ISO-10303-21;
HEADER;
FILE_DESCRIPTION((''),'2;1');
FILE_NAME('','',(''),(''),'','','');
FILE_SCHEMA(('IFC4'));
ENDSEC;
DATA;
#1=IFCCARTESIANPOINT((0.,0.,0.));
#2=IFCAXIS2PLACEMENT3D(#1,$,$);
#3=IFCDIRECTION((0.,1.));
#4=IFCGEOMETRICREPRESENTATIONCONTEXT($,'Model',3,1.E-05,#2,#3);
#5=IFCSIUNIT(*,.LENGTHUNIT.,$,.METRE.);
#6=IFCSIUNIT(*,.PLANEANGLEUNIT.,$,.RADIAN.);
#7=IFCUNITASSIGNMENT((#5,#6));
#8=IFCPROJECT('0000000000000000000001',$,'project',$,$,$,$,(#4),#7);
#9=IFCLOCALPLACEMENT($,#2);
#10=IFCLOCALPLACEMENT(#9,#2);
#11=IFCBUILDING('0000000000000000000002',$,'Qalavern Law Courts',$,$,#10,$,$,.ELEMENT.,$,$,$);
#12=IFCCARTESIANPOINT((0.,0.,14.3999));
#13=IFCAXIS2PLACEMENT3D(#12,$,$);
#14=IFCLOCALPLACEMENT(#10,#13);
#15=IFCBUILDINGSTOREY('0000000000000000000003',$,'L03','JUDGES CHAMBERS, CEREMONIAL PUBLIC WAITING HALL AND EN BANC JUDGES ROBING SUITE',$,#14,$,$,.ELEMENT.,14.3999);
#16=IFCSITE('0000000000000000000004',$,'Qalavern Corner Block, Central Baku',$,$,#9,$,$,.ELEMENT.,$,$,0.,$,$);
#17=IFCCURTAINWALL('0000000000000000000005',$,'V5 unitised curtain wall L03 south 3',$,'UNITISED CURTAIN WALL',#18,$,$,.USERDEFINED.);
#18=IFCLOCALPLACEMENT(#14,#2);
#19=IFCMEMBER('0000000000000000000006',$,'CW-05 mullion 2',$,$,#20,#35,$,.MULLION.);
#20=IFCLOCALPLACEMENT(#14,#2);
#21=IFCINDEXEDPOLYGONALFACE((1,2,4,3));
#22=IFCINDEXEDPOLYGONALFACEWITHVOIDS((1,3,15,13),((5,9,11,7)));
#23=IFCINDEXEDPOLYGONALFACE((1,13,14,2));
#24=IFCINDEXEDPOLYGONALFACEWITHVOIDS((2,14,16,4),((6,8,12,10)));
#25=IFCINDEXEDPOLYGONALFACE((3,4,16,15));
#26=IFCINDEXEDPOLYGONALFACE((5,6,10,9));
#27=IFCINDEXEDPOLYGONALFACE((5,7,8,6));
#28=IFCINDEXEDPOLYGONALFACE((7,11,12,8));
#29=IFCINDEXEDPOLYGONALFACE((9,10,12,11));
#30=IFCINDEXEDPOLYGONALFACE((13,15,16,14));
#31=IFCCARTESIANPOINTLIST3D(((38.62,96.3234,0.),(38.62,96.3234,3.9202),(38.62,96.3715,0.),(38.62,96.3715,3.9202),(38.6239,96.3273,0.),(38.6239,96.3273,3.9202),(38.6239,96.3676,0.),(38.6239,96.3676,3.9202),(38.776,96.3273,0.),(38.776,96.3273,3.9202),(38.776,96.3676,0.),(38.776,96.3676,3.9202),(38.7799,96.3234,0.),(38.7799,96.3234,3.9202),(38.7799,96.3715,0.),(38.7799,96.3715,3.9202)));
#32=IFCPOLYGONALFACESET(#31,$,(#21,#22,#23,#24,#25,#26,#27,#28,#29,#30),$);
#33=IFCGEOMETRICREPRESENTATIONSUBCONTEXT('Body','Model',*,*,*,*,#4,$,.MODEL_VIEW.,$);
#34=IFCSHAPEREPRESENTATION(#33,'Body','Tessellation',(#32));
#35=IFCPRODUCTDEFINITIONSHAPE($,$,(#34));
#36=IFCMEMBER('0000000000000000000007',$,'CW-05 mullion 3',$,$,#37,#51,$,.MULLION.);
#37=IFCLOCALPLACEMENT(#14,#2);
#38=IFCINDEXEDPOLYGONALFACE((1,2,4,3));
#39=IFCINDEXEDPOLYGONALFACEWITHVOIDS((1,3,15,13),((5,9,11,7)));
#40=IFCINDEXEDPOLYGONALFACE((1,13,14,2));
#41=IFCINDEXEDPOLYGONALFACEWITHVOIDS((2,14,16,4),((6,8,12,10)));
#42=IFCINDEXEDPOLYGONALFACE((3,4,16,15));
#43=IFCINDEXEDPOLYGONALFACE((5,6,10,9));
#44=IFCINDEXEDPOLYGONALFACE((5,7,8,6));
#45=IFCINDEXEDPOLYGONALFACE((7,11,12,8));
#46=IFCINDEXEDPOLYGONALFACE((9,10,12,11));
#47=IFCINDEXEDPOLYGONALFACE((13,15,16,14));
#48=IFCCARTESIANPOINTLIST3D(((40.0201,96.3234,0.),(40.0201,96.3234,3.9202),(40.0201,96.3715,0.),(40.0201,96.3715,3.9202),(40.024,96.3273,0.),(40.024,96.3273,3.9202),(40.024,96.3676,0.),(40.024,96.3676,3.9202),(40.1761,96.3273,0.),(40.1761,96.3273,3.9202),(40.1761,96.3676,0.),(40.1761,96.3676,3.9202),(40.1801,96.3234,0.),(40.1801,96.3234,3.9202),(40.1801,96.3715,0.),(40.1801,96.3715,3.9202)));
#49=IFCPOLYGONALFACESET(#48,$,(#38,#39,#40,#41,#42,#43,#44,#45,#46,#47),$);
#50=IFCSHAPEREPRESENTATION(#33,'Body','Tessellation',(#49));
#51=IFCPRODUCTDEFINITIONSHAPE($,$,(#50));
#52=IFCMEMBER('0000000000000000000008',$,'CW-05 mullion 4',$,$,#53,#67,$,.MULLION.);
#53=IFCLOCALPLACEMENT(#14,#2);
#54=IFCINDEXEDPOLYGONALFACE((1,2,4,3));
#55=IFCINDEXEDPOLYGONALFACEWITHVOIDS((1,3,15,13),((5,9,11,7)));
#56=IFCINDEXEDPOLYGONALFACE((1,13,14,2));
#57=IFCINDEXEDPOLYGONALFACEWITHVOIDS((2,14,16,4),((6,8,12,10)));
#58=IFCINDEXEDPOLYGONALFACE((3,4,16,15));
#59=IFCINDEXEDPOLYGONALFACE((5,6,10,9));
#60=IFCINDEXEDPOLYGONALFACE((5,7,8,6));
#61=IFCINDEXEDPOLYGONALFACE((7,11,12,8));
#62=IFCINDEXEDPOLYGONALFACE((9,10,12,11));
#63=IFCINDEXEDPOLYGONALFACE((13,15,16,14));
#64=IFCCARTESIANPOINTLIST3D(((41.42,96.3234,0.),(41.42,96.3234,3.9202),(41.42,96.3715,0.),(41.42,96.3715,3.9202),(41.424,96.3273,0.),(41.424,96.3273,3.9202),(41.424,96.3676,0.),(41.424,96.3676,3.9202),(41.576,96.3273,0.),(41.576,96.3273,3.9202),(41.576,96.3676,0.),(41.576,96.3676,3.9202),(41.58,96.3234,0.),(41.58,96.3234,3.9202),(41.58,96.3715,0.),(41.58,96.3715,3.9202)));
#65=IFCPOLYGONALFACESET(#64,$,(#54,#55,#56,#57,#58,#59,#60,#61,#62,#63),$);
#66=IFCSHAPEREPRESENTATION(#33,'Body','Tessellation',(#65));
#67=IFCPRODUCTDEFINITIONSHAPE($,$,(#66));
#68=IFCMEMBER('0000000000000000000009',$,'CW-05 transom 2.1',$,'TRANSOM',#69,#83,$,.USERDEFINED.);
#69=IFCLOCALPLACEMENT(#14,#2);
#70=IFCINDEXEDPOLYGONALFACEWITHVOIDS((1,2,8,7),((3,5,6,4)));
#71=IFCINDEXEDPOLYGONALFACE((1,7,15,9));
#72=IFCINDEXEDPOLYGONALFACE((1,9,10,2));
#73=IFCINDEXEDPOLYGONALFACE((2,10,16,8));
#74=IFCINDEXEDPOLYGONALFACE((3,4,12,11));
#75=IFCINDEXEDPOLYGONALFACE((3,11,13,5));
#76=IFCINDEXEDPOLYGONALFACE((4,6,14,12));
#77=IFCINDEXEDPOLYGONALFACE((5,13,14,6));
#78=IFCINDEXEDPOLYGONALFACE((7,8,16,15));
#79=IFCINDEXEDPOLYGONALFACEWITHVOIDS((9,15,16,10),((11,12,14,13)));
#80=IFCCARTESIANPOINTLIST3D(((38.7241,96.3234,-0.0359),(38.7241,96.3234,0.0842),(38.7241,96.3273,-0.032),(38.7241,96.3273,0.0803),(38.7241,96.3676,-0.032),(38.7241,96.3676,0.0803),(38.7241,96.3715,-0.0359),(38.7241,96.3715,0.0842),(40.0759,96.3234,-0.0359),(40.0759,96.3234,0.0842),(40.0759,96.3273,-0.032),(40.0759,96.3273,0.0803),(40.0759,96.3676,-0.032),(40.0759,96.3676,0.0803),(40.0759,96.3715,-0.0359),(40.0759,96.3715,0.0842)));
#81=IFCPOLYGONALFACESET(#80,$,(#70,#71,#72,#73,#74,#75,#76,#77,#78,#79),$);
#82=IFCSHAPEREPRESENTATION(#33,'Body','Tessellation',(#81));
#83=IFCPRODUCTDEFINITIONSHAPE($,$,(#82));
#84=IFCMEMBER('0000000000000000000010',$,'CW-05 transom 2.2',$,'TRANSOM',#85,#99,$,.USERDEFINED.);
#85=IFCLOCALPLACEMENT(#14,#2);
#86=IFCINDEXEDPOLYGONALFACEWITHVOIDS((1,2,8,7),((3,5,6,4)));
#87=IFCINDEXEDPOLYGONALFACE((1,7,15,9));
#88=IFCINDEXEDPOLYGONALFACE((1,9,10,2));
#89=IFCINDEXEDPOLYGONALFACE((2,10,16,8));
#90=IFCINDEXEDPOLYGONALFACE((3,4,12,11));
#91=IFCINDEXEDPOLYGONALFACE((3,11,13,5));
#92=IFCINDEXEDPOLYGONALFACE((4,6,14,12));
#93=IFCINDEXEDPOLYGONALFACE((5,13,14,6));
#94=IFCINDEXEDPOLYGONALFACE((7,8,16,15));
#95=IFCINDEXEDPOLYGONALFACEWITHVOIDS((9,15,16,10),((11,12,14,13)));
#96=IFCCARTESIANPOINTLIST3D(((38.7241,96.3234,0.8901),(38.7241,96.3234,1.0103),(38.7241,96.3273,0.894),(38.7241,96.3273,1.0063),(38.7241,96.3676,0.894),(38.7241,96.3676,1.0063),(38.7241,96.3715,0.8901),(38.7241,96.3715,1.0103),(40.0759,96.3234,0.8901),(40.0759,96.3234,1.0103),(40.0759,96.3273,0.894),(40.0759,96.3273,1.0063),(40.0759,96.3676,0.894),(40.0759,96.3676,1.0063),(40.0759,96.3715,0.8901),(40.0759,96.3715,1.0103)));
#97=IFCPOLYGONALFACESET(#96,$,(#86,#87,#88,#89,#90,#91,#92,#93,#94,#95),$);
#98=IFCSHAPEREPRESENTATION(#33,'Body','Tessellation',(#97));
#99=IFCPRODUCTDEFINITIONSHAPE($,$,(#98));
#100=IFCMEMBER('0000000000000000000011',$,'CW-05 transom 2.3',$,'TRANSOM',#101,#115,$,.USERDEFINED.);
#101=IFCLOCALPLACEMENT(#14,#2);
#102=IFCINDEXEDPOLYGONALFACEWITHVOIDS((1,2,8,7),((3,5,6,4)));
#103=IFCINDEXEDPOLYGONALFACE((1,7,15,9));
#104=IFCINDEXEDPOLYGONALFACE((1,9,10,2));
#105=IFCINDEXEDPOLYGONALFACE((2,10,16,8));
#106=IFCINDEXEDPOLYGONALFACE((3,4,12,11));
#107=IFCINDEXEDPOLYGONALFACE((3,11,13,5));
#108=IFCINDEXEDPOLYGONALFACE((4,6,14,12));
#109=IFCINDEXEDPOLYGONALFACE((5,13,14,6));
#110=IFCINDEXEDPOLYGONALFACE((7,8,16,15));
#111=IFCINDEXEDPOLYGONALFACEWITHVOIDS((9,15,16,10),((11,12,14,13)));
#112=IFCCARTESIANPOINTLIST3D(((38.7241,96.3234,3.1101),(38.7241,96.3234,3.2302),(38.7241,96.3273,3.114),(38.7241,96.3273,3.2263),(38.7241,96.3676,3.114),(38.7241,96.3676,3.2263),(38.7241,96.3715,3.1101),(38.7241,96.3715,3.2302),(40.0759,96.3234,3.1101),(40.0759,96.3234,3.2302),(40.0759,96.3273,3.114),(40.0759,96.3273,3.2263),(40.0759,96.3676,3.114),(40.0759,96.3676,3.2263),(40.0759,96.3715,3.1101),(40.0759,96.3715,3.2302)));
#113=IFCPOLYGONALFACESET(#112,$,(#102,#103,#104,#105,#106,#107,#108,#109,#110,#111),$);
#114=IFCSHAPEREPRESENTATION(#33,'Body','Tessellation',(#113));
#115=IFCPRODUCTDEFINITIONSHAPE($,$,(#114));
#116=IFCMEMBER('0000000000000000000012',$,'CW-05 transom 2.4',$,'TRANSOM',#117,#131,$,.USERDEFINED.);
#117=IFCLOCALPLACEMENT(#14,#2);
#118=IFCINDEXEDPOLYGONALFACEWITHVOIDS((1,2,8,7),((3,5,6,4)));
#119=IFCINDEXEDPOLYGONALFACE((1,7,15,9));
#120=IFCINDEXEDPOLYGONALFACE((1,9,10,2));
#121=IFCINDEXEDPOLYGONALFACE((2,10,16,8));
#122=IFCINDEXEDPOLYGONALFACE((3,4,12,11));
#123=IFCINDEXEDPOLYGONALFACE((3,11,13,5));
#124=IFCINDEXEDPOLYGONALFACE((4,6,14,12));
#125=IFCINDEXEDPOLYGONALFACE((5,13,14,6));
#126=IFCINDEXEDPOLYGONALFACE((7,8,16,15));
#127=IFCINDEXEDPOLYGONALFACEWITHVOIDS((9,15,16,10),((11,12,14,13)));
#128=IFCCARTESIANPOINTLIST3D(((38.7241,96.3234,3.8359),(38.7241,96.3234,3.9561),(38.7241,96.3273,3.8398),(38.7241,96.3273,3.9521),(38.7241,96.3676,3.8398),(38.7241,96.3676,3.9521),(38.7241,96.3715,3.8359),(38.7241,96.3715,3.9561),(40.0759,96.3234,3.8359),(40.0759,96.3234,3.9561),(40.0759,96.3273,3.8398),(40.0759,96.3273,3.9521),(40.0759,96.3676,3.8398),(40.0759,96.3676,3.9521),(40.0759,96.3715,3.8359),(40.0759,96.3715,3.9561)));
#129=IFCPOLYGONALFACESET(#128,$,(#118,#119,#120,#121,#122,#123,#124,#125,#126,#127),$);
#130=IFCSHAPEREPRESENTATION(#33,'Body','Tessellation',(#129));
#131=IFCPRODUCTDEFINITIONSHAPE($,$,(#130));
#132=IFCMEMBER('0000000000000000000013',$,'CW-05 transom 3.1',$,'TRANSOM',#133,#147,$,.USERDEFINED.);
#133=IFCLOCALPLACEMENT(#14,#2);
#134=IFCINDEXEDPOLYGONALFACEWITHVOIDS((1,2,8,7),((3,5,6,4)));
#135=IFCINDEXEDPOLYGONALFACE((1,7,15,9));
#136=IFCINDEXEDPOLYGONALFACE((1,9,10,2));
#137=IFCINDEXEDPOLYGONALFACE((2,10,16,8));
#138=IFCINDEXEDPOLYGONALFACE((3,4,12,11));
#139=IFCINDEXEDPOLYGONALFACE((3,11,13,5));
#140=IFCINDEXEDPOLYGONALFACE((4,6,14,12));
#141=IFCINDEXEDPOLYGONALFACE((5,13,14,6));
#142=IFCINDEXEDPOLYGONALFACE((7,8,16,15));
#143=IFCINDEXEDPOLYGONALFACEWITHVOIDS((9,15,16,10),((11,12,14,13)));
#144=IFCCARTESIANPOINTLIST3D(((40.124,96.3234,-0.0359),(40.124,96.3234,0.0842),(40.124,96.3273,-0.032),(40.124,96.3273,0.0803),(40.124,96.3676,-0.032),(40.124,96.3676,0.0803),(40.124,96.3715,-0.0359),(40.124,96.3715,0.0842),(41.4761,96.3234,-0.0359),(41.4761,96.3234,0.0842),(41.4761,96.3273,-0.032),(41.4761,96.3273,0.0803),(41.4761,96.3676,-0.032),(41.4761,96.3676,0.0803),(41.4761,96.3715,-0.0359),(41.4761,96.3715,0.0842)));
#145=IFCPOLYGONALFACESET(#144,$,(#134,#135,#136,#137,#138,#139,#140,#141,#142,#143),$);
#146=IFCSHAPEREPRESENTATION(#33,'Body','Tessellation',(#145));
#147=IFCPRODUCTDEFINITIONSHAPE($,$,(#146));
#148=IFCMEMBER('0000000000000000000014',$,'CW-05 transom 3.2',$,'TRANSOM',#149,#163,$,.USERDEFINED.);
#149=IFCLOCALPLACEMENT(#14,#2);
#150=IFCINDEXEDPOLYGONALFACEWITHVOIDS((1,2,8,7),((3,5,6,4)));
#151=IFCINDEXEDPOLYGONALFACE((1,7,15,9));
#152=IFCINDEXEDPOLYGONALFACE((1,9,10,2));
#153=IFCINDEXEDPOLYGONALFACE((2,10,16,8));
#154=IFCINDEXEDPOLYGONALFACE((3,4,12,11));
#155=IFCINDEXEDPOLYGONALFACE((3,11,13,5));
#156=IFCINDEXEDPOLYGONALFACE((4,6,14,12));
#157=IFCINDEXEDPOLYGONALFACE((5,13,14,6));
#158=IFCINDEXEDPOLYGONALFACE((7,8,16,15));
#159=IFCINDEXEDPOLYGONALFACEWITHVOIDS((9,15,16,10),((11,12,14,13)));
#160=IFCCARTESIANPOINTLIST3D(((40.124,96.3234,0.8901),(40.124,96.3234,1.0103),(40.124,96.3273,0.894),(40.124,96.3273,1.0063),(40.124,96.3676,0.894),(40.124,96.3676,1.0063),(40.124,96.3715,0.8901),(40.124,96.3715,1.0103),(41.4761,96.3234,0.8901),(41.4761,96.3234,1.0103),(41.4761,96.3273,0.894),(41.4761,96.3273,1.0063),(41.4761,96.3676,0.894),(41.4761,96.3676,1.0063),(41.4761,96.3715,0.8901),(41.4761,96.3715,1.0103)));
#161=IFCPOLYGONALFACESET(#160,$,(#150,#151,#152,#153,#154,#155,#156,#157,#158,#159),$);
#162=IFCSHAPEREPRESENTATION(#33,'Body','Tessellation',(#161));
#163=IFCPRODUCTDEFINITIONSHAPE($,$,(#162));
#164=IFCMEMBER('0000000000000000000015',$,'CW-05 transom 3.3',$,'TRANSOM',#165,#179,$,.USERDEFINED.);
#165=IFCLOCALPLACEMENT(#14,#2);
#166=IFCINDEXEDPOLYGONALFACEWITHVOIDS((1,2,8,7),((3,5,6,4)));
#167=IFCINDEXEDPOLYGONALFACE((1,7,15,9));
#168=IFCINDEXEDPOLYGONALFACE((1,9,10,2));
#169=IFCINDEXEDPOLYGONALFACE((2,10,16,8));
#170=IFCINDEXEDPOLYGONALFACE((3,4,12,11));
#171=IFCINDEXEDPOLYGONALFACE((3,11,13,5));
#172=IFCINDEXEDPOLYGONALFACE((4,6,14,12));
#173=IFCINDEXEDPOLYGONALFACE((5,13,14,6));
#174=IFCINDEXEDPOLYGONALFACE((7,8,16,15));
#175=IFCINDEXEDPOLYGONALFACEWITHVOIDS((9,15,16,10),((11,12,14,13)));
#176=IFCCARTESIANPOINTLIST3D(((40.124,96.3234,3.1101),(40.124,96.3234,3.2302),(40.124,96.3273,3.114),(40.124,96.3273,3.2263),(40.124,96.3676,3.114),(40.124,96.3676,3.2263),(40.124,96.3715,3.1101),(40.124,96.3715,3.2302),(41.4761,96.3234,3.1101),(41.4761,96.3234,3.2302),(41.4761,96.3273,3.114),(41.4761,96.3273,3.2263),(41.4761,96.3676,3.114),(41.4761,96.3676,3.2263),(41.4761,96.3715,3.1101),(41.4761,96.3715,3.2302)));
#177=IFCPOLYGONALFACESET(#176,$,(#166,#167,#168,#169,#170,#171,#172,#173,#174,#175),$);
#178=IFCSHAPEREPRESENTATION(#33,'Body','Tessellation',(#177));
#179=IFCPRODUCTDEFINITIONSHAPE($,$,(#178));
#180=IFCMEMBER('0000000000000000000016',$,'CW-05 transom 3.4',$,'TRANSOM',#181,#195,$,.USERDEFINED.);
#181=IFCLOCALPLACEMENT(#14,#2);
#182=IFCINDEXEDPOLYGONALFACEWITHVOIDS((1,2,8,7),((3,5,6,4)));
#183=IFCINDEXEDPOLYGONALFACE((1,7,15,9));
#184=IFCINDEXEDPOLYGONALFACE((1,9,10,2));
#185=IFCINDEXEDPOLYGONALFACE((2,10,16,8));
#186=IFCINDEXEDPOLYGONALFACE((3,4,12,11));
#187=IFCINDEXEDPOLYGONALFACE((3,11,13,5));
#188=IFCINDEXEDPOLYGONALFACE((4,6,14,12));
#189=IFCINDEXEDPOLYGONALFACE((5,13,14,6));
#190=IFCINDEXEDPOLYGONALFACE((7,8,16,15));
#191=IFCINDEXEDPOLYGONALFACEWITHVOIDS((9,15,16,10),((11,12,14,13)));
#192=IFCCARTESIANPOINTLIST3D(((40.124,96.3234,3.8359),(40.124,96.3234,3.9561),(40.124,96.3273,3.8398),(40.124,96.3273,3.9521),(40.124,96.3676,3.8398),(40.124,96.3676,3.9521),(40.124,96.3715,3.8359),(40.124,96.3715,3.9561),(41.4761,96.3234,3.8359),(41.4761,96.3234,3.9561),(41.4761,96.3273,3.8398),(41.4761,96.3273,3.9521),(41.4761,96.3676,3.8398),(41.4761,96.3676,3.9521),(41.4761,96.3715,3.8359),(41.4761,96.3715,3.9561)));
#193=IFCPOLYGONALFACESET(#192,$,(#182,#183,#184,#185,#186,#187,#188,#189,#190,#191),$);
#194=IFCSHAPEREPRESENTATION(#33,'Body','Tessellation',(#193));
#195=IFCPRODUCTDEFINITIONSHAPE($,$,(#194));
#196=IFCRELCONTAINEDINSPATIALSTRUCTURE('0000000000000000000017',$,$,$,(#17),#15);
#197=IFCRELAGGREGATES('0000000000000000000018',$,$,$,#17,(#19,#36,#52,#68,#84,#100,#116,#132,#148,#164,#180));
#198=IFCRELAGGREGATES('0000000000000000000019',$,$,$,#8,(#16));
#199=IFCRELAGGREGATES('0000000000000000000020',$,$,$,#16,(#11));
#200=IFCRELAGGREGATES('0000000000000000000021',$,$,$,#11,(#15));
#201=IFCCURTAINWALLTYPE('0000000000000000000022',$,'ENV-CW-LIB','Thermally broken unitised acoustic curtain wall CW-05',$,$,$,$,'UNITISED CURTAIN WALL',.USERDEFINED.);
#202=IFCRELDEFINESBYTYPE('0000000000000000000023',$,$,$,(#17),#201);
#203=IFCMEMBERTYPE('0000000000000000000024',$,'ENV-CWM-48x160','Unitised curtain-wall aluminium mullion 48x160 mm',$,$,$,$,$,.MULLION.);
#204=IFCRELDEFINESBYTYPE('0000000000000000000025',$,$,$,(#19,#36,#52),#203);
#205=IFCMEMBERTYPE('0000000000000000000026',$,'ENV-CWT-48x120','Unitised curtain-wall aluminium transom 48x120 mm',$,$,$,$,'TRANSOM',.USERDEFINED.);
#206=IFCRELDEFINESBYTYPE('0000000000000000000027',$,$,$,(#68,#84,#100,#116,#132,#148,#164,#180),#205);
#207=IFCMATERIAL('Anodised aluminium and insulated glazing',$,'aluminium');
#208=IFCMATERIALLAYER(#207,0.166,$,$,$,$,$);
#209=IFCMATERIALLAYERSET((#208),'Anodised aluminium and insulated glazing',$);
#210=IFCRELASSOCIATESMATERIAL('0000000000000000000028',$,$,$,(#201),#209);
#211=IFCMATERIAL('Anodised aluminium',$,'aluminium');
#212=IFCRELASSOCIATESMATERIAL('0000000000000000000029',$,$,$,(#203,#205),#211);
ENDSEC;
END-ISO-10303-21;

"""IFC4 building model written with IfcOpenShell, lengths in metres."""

from ifc_helpers import new_model, si_unit, direction, frame, origin, origin_2d, place, context, subcontext, project, spatial, hollow_rectangle, extrude, material, layer, layer_set, material_profile, profile_set, type_object, element, aggregate, save


model = new_model("IFC4")

# Units and contexts
model_context = context("Model", 3, precision=1e-05, world=origin(), true_north=direction((0.0, 1.0)))
body_context = subcontext(model_context, "Body", "Model", "MODEL_VIEW")
ifc_project = project(units=[si_unit("LENGTHUNIT", "METRE"), si_unit("PLANEANGLEUNIT", "RADIAN")], contexts=[model_context])

# Site, building, storey
site_placement = place(None, origin())
site = spatial("IfcSite", under=ifc_project, at=site_placement, Name="Qalavern Corner Block, Central Baku", CompositionType="ELEMENT", RefElevation=0.0)
building_placement = place(site_placement, origin())
building = spatial("IfcBuilding", under=site, at=building_placement, Name="Qalavern Law Courts", CompositionType="ELEMENT")
storey_placement = place(building_placement, frame((0.0, 0.0, 14.3999)))
storey = spatial("IfcBuildingStorey", under=building, at=storey_placement, Name="L03", Description="JUDGES CHAMBERS, CEREMONIAL PUBLIC WAITING HALL AND EN BANC JUDGES ROBING SUITE", CompositionType="ELEMENT", Elevation=14.3999)

# Curtain wall, members
ifc_material_1 = material(Name="Anodised aluminium and insulated glazing", Category="aluminium")
ifc_layer_1 = layer(ifc_material_1, 0.166)
ifc_layer_set_1 = layer_set([ifc_layer_1], Name="Anodised aluminium and insulated glazing")
curtain_wall_type = type_object("IfcCurtainWallType", Name="ENV-CW-LIB", Description="Thermally broken unitised acoustic curtain wall CW-05", ElementType="UNITISED CURTAIN WALL", PredefinedType="USERDEFINED", material=ifc_layer_set_1)
curtain_wall_placement = place(storey_placement, origin())
curtain_wall = element("IfcCurtainWall", 1, at=curtain_wall_placement, inside=storey, type_object=curtain_wall_type, Name="V5 unitised curtain wall L03 south 3", ObjectType="UNITISED CURTAIN WALL", PredefinedType="USERDEFINED")
ifc_material_2 = material(Name="Anodised aluminium", Category="aluminium")
ifc_material_profile_1 = material_profile(ifc_material_2, hollow_rectangle(XDim=0.0481, YDim=0.1599, WallThickness=0.0039, at=origin_2d()), Name="ALU MULLION 48x160")
ifc_profile_set_1 = profile_set([ifc_material_profile_1], Name="Anodised aluminium")
member_type_1 = type_object("IfcMemberType", Name="ENV-CWM-48x160", Description="Unitised curtain-wall aluminium mullion 48x160 mm", PredefinedType="MULLION", material=ifc_profile_set_1)
member_1_placement = place(storey_placement, frame((38.7, 96.3474, 0.0), z_axis=(0.0, 0.0, 1.0), x_axis=(0.0, 1.0, 0.0)))
member_1 = element("IfcMember", 2, at=member_1_placement, type_object=member_type_1, Name="CW-05 mullion 2", PredefinedType="MULLION", context=body_context, shape_type="SweptSolid", body=[
    extrude(hollow_rectangle(XDim=0.0481, YDim=0.1599, WallThickness=0.0039, at=origin_2d()), origin(), (0.0, 0.0, 1.0), 3.9202),
])
member_2_placement = place(storey_placement, frame((40.1001, 96.3474, 0.0), z_axis=(0.0, 0.0, 1.0), x_axis=(0.0, 1.0, 0.0)))
member_2 = element("IfcMember", 3, at=member_2_placement, type_object=member_type_1, Name="CW-05 mullion 3", PredefinedType="MULLION", context=body_context, shape_type="SweptSolid", body=[
    extrude(hollow_rectangle(XDim=0.0481, YDim=0.1599, WallThickness=0.0039, at=origin_2d()), origin(), (0.0, 0.0, 1.0), 3.9202),
])
member_3_placement = place(storey_placement, frame((41.5, 96.3474, 0.0), z_axis=(0.0, 0.0, 1.0), x_axis=(0.0, 1.0, 0.0)))
member_3 = element("IfcMember", 4, at=member_3_placement, type_object=member_type_1, Name="CW-05 mullion 4", PredefinedType="MULLION", context=body_context, shape_type="SweptSolid", body=[
    extrude(hollow_rectangle(XDim=0.0481, YDim=0.1599, WallThickness=0.0039, at=origin_2d()), origin(), (0.0, 0.0, 1.0), 3.9202),
])
ifc_material_profile_2 = material_profile(ifc_material_2, hollow_rectangle(XDim=0.0481, YDim=0.1201, WallThickness=0.0039, at=origin_2d()), Name="ALU TRANSOM 48x120")
ifc_profile_set_2 = profile_set([ifc_material_profile_2], Name="Anodised aluminium")
member_type_2 = type_object("IfcMemberType", Name="ENV-CWT-48x120", Description="Unitised curtain-wall aluminium transom 48x120 mm", ElementType="TRANSOM", PredefinedType="USERDEFINED", material=ifc_profile_set_2)
member_4_placement = place(storey_placement, frame((38.7241, 96.3474, 0.0242), z_axis=(1.0, 0.0, 0.0), x_axis=(0.0, 1.0, 0.0)))
member_4 = element("IfcMember", 5, at=member_4_placement, type_object=member_type_2, Name="CW-05 transom 2.1", ObjectType="TRANSOM", PredefinedType="USERDEFINED", context=body_context, shape_type="SweptSolid", body=[
    extrude(hollow_rectangle(XDim=0.0481, YDim=0.1201, WallThickness=0.0039, at=origin_2d()), origin(), (0.0, 0.0, 1.0), 1.3518),
])
member_5_placement = place(storey_placement, frame((38.7241, 96.3474, 0.9502), z_axis=(1.0, 0.0, 0.0), x_axis=(0.0, 1.0, 0.0)))
member_5 = element("IfcMember", 6, at=member_5_placement, type_object=member_type_2, Name="CW-05 transom 2.2", ObjectType="TRANSOM", PredefinedType="USERDEFINED", context=body_context, shape_type="SweptSolid", body=[
    extrude(hollow_rectangle(XDim=0.0481, YDim=0.1201, WallThickness=0.0039, at=origin_2d()), origin(), (0.0, 0.0, 1.0), 1.3518),
])
member_6_placement = place(storey_placement, frame((38.7241, 96.3474, 3.1702), z_axis=(1.0, 0.0, 0.0), x_axis=(0.0, 1.0, 0.0)))
member_6 = element("IfcMember", 7, at=member_6_placement, type_object=member_type_2, Name="CW-05 transom 2.3", ObjectType="TRANSOM", PredefinedType="USERDEFINED", context=body_context, shape_type="SweptSolid", body=[
    extrude(hollow_rectangle(XDim=0.0481, YDim=0.1201, WallThickness=0.0039, at=origin_2d()), origin(), (0.0, 0.0, 1.0), 1.3518),
])
member_7_placement = place(storey_placement, frame((38.7241, 96.3474, 3.896), z_axis=(1.0, 0.0, 0.0), x_axis=(0.0, 1.0, 0.0)))
member_7 = element("IfcMember", 8, at=member_7_placement, type_object=member_type_2, Name="CW-05 transom 2.4", ObjectType="TRANSOM", PredefinedType="USERDEFINED", context=body_context, shape_type="SweptSolid", body=[
    extrude(hollow_rectangle(XDim=0.0481, YDim=0.1201, WallThickness=0.0039, at=origin_2d()), origin(), (0.0, 0.0, 1.0), 1.3518),
])
member_8_placement = place(storey_placement, frame((40.124, 96.3474, 0.0242), z_axis=(1.0, 0.0, 0.0), x_axis=(0.0, 1.0, 0.0)))
member_8 = element("IfcMember", 9, at=member_8_placement, type_object=member_type_2, Name="CW-05 transom 3.1", ObjectType="TRANSOM", PredefinedType="USERDEFINED", context=body_context, shape_type="SweptSolid", body=[
    extrude(hollow_rectangle(XDim=0.0481, YDim=0.1201, WallThickness=0.0039, at=origin_2d()), origin(), (0.0, 0.0, 1.0), 1.3521),
])
member_9_placement = place(storey_placement, frame((40.124, 96.3474, 0.9502), z_axis=(1.0, 0.0, 0.0), x_axis=(0.0, 1.0, 0.0)))
member_9 = element("IfcMember", 10, at=member_9_placement, type_object=member_type_2, Name="CW-05 transom 3.2", ObjectType="TRANSOM", PredefinedType="USERDEFINED", context=body_context, shape_type="SweptSolid", body=[
    extrude(hollow_rectangle(XDim=0.0481, YDim=0.1201, WallThickness=0.0039, at=origin_2d()), origin(), (0.0, 0.0, 1.0), 1.3521),
])
member_10_placement = place(storey_placement, frame((40.124, 96.3474, 3.1702), z_axis=(1.0, 0.0, 0.0), x_axis=(0.0, 1.0, 0.0)))
member_10 = element("IfcMember", 11, at=member_10_placement, type_object=member_type_2, Name="CW-05 transom 3.3", ObjectType="TRANSOM", PredefinedType="USERDEFINED", context=body_context, shape_type="SweptSolid", body=[
    extrude(hollow_rectangle(XDim=0.0481, YDim=0.1201, WallThickness=0.0039, at=origin_2d()), origin(), (0.0, 0.0, 1.0), 1.3521),
])
member_11_placement = place(storey_placement, frame((40.124, 96.3474, 3.896), z_axis=(1.0, 0.0, 0.0), x_axis=(0.0, 1.0, 0.0)))
member_11 = element("IfcMember", 12, at=member_11_placement, type_object=member_type_2, Name="CW-05 transom 3.4", ObjectType="TRANSOM", PredefinedType="USERDEFINED", context=body_context, shape_type="SweptSolid", body=[
    extrude(hollow_rectangle(XDim=0.0481, YDim=0.1201, WallThickness=0.0039, at=origin_2d()), origin(), (0.0, 0.0, 1.0), 1.3521),
])
aggregate(curtain_wall, [member_1, member_2, member_3, member_4, member_5, member_6, member_7, member_8, member_9, member_10, member_11])

save(model, "model.ifc")
